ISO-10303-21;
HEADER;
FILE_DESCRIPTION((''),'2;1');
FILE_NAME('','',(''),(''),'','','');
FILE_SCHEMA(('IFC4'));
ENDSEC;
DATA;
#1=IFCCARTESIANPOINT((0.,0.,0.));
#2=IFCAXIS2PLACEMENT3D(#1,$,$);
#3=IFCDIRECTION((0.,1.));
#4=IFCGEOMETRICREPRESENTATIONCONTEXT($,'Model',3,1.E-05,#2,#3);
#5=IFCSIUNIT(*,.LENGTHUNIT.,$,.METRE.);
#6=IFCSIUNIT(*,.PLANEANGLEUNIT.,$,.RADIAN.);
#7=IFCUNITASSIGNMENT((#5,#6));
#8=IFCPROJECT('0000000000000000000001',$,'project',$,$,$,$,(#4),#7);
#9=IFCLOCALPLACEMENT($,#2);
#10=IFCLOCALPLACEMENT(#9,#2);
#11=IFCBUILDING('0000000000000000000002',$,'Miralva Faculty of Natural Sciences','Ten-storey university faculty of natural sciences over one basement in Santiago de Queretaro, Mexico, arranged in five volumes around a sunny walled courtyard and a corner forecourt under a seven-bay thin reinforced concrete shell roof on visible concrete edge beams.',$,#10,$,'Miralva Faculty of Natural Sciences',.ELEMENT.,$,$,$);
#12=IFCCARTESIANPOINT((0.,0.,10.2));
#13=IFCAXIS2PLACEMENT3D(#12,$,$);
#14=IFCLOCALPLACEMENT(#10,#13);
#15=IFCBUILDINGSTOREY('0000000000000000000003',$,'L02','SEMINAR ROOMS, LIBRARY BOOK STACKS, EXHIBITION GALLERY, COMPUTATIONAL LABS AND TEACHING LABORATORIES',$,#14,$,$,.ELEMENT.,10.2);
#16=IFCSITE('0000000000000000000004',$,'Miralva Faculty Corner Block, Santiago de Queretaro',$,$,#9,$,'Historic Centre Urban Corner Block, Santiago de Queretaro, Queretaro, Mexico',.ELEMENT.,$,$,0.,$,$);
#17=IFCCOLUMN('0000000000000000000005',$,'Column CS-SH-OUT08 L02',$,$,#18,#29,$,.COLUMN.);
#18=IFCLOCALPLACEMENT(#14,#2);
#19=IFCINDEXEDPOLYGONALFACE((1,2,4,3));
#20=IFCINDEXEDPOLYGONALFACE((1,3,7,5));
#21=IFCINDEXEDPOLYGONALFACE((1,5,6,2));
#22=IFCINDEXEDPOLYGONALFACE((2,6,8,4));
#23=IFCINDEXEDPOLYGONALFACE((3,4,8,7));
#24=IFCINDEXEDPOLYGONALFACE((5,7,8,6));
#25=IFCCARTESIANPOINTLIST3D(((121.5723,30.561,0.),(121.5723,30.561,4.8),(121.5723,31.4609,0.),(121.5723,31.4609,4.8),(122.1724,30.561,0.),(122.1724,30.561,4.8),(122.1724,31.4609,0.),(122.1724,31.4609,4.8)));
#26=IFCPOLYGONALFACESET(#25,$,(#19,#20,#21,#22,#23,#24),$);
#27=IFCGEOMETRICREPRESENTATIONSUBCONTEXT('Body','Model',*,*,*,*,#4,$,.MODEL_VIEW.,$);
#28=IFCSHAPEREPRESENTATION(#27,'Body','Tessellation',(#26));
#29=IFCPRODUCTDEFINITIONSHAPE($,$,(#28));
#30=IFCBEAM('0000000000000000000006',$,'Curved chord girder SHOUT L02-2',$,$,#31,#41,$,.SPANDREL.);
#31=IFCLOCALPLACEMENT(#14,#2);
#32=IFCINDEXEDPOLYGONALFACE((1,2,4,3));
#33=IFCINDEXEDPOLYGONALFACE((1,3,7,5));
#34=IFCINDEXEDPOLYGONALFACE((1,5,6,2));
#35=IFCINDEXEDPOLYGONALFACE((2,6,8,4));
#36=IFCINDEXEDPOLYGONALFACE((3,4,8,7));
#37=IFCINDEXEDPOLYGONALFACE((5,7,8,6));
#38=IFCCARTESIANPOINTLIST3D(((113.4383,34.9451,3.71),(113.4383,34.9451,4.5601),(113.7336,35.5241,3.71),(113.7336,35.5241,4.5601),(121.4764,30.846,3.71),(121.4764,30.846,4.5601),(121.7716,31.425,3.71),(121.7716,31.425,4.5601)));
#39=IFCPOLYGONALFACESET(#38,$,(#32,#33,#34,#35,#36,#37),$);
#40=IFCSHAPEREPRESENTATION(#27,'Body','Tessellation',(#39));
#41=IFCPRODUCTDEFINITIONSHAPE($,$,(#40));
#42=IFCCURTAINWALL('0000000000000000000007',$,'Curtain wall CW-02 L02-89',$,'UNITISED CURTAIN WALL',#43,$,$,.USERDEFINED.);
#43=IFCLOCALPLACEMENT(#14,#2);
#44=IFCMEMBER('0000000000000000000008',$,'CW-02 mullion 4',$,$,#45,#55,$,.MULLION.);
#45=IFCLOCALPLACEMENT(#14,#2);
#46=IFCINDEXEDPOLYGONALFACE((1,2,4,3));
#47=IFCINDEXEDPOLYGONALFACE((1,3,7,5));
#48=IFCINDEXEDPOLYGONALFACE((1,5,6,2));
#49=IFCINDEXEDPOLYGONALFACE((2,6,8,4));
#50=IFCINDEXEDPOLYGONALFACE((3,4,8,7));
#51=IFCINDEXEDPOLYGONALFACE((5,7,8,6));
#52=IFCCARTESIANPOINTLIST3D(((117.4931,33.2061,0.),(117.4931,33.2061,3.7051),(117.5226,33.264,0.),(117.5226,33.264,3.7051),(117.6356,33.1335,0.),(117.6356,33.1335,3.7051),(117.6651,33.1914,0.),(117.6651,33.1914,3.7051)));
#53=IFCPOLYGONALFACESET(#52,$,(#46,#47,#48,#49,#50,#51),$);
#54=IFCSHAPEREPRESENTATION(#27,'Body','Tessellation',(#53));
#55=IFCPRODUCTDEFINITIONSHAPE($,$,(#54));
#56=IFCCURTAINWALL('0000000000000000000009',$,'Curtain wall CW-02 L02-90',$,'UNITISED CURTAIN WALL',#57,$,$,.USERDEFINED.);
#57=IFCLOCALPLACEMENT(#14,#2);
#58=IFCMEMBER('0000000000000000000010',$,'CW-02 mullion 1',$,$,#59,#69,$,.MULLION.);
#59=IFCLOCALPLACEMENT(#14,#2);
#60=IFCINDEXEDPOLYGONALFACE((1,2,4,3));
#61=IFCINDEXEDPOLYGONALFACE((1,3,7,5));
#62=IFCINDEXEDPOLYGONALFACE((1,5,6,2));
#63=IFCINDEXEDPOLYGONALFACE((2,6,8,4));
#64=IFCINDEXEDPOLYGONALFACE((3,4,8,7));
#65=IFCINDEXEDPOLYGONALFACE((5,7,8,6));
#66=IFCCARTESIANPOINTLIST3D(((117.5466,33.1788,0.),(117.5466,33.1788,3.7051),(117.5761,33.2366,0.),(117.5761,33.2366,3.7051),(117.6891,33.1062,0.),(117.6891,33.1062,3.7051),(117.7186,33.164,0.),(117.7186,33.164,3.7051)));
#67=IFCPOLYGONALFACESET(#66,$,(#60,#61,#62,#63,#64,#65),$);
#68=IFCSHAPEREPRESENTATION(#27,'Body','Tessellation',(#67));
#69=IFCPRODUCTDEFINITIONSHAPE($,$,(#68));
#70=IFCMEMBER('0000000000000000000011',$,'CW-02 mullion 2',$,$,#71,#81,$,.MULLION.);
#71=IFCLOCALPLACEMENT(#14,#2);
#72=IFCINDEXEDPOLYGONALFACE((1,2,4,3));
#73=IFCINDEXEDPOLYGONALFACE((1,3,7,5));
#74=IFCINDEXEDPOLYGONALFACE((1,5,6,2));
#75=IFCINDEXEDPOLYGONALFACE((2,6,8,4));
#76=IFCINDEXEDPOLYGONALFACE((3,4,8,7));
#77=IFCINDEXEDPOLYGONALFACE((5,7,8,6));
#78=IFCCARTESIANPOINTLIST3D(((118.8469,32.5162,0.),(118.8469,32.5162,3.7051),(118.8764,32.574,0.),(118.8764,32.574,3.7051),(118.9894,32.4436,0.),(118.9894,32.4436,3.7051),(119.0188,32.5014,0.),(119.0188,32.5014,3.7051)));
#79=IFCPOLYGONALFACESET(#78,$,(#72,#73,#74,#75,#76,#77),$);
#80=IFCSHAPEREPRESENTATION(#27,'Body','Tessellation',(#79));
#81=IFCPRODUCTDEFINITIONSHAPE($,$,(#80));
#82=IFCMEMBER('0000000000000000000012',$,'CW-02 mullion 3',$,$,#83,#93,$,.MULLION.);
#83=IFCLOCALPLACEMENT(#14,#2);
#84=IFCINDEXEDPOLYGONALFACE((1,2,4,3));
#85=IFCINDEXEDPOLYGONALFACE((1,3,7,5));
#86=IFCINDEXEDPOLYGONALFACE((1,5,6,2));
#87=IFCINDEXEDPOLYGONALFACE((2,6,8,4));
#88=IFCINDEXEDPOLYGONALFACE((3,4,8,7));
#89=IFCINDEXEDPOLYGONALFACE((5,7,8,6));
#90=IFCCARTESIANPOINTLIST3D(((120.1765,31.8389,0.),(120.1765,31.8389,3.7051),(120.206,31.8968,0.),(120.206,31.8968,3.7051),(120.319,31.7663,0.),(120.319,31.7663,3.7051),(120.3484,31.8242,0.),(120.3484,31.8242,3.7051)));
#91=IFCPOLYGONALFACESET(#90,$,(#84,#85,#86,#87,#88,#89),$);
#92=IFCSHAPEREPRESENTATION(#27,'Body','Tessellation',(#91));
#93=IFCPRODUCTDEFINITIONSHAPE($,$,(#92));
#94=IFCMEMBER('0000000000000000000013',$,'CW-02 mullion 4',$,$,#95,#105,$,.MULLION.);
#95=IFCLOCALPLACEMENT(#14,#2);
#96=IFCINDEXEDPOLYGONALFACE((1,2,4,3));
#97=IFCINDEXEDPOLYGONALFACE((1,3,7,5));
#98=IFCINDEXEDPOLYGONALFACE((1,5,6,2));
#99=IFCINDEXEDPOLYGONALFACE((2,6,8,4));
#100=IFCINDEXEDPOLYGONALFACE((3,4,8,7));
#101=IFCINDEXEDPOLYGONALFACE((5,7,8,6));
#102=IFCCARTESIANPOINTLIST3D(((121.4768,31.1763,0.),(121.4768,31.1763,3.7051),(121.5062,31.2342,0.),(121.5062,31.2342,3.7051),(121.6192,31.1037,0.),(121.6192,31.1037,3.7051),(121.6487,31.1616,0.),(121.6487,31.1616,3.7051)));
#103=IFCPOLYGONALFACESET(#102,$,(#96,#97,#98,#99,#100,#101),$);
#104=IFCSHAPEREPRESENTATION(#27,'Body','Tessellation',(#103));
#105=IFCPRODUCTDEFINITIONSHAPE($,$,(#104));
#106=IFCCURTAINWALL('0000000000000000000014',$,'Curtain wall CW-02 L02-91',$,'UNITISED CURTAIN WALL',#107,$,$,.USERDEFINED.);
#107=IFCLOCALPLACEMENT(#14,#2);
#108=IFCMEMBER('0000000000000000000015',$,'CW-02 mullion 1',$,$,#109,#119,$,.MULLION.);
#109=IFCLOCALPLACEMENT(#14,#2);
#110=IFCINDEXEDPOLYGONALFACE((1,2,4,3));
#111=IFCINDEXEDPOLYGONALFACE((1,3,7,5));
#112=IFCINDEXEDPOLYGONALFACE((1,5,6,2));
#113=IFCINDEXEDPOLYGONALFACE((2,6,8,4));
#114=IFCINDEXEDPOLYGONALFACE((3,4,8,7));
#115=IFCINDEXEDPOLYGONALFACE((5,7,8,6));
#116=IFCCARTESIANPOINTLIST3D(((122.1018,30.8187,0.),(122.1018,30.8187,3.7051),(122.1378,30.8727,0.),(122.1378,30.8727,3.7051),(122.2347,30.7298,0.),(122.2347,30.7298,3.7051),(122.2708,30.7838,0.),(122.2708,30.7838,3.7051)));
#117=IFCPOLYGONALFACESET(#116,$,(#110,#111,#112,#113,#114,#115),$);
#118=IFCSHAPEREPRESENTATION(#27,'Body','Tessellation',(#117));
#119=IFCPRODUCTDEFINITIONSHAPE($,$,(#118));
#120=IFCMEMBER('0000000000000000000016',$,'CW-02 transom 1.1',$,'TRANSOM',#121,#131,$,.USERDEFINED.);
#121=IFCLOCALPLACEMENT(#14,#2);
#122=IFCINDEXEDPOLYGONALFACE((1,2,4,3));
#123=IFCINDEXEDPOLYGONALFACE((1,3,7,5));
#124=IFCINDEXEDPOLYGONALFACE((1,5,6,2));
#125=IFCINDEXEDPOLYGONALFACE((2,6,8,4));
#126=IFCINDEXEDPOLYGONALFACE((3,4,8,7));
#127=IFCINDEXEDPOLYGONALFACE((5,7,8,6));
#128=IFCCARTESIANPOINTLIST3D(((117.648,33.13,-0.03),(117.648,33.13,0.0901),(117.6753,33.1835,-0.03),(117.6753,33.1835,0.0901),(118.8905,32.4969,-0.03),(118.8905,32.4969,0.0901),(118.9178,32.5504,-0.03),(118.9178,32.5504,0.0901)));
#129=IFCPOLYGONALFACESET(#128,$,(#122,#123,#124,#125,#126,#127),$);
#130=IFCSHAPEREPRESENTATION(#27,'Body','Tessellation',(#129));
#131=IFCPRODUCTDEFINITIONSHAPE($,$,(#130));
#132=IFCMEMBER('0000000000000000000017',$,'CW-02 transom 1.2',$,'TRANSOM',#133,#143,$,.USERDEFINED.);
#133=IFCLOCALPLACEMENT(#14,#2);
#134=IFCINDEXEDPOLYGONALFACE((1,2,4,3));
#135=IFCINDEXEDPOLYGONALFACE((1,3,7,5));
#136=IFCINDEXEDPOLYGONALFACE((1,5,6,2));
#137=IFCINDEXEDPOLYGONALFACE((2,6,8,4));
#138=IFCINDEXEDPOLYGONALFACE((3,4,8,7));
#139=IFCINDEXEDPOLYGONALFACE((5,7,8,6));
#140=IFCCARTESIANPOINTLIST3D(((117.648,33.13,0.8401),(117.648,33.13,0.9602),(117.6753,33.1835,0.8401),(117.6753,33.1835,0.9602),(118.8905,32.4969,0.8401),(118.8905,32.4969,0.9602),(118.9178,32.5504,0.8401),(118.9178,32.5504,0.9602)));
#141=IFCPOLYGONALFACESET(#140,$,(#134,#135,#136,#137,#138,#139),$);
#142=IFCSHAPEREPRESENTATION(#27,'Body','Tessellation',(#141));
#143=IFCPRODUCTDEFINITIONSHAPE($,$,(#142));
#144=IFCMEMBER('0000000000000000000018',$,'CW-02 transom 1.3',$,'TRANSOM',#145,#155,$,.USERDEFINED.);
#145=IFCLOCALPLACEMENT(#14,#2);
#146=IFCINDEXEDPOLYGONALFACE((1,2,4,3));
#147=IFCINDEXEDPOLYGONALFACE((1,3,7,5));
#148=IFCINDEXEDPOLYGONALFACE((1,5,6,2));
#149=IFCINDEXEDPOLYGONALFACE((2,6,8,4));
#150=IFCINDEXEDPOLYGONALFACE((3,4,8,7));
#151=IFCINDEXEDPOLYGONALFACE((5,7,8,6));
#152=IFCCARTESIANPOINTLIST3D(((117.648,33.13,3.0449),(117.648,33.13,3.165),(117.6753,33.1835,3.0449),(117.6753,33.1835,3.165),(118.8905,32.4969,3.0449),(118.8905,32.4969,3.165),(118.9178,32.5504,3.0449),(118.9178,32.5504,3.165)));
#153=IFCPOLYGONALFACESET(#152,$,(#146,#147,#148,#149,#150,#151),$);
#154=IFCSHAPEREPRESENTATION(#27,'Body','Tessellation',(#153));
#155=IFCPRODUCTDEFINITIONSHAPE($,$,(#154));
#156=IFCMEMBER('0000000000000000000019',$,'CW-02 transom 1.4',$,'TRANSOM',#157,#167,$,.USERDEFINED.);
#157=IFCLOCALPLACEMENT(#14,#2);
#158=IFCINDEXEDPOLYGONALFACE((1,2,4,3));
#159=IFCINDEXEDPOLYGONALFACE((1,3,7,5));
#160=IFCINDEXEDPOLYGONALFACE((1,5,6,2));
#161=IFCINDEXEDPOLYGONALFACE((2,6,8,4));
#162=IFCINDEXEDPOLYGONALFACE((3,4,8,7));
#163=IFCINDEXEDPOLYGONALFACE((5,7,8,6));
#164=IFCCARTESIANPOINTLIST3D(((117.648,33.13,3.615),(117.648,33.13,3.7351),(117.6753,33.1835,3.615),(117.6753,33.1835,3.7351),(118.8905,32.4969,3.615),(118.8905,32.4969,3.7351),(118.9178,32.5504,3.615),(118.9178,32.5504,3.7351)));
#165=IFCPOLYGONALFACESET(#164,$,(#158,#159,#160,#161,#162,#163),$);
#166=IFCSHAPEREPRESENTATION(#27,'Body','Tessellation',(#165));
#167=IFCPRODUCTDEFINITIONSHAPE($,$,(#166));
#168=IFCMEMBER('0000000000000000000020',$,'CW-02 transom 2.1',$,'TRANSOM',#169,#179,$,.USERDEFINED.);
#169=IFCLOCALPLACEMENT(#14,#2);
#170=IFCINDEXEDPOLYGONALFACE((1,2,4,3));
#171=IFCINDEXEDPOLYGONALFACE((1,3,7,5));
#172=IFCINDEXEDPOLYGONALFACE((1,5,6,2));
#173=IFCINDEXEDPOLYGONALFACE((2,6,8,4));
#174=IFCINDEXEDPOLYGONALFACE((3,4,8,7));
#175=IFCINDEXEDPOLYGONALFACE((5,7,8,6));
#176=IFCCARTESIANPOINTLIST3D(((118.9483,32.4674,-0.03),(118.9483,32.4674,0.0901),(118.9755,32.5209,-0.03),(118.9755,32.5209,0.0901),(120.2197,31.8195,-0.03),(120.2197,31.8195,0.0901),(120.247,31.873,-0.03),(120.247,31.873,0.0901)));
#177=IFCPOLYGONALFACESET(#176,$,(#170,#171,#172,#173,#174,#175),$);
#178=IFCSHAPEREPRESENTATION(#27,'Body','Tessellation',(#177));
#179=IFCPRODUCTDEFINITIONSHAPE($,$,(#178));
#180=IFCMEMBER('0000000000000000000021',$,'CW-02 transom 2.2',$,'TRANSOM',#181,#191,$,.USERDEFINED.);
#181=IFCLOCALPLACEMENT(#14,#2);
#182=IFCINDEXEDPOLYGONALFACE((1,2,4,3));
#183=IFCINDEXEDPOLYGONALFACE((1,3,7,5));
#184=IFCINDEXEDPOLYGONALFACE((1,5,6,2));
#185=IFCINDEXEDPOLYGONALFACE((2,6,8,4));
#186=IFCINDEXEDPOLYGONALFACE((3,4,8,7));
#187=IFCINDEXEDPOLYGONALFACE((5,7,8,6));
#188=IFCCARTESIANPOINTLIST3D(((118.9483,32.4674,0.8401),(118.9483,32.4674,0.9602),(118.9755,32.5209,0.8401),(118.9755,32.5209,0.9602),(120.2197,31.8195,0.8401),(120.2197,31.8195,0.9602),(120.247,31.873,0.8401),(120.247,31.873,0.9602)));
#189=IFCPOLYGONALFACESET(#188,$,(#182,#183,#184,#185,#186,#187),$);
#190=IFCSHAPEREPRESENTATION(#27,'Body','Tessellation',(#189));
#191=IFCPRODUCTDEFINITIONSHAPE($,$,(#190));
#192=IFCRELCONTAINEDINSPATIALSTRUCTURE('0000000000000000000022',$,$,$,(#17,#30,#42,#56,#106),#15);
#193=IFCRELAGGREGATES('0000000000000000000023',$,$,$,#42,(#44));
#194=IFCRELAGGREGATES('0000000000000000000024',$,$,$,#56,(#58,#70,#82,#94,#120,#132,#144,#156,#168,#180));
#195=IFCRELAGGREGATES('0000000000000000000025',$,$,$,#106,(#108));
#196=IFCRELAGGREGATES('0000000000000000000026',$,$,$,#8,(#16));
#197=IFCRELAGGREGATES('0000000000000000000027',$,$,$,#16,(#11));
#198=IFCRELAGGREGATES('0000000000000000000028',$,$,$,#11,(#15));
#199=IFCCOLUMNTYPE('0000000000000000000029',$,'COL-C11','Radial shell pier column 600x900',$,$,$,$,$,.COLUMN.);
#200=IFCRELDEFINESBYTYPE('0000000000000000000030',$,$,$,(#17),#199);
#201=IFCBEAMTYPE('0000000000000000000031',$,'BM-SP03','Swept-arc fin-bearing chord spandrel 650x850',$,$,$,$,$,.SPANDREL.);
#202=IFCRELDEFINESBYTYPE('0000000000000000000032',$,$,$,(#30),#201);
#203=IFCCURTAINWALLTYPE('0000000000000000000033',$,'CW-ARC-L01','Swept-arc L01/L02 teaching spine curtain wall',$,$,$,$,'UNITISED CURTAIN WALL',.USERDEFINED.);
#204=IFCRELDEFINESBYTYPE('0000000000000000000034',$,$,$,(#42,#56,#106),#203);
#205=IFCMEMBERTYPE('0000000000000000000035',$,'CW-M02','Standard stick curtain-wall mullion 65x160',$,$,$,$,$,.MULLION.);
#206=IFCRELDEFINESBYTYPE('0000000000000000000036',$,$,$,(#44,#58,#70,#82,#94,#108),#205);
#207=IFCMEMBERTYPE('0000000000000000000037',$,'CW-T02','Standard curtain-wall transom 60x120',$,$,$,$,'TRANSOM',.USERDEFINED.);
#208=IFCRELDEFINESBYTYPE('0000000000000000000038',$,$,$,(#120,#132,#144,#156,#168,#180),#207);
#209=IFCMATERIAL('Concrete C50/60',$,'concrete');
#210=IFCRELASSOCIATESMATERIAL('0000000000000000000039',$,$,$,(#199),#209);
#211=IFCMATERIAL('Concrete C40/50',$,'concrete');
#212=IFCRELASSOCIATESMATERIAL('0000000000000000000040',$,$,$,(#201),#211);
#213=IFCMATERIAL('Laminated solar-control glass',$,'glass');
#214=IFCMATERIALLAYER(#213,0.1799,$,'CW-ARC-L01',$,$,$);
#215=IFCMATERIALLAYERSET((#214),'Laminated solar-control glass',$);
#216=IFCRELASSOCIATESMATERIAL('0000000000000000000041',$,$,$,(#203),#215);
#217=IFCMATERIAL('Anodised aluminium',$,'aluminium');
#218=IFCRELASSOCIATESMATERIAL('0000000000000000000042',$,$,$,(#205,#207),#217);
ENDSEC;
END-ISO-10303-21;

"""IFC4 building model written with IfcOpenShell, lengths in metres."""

from ifc_helpers import new_model, si_unit, direction, frame, origin, origin_2d, place, context, subcontext, project, spatial, rectangle, extrude, material, layer, layer_set, material_profile, profile_set, type_object, element, aggregate, save


model = new_model("IFC4")

# Units and contexts
model_context = context("Model", 3, precision=1e-05, world=origin(), true_north=direction((0.0, 1.0)))
body_context = subcontext(model_context, "Body", "Model", "MODEL_VIEW")
ifc_project = project(units=[si_unit("LENGTHUNIT", "METRE"), si_unit("PLANEANGLEUNIT", "RADIAN")], contexts=[model_context])

# Site, building, storey
site_placement = place(None, origin())
site = spatial("IfcSite", under=ifc_project, at=site_placement, Name="Miralva Faculty Corner Block, Santiago de Queretaro", LongName="Historic Centre Urban Corner Block, Santiago de Queretaro, Queretaro, Mexico", CompositionType="ELEMENT", RefElevation=0.0)
building_placement = place(site_placement, origin())
building = spatial("IfcBuilding", under=site, at=building_placement, Name="Miralva Faculty of Natural Sciences", Description="Ten-storey university faculty of natural sciences over one basement in Santiago de Queretaro, Mexico, arranged in five volumes around a sunny walled courtyard and a corner forecourt under a seven-bay thin reinforced concrete shell roof on visible concrete edge beams.", LongName="Miralva Faculty of Natural Sciences", CompositionType="ELEMENT")
storey_placement = place(building_placement, frame((0.0, 0.0, 10.2)))
storey = spatial("IfcBuildingStorey", under=building, at=storey_placement, Name="L02", Description="SEMINAR ROOMS, LIBRARY BOOK STACKS, EXHIBITION GALLERY, COMPUTATIONAL LABS AND TEACHING LABORATORIES", CompositionType="ELEMENT", Elevation=10.2)

# Column
ifc_material_1 = material(Name="Concrete C50/60", Category="concrete")
ifc_material_profile_1 = material_profile(ifc_material_1, rectangle(XDim=0.6001, YDim=0.8999, at=origin_2d()), Name="RC 600x900")
ifc_profile_set_1 = profile_set([ifc_material_profile_1], Name="Concrete C50/60")
column_type = type_object("IfcColumnType", Name="COL-C11", Description="Radial shell pier column 600x900", PredefinedType="COLUMN", material=ifc_profile_set_1)
column_placement = place(storey_placement, frame((121.8723, 31.011, 0.0), z_axis=(0.0, 0.0, 1.0), x_axis=(1.0, 0.0, 0.0)))
element("IfcColumn", 1, at=column_placement, inside=storey, type_object=column_type, Name="Column CS-SH-OUT08 L02", PredefinedType="COLUMN", context=body_context, shape_type="SweptSolid", body=[
    extrude(rectangle(XDim=0.6001, YDim=0.8999, at=origin_2d()), origin(), (0.0, 0.0, 1.0), 4.8),
])

# Beam
ifc_material_2 = material(Name="Concrete C40/50", Category="concrete")
ifc_material_profile_2 = material_profile(ifc_material_2, rectangle(XDim=0.6499, YDim=0.8501, at=origin_2d()), Name="RC 650x850")
ifc_profile_set_2 = profile_set([ifc_material_profile_2], Name="Concrete C40/50")
beam_type = type_object("IfcBeamType", Name="BM-SP03", Description="Swept-arc fin-bearing chord spandrel 650x850", PredefinedType="SPANDREL", material=ifc_profile_set_2)
beam_placement = place(storey_placement, frame((121.624, 31.1355, 4.135), z_axis=(-0.890849, 0.454299, 0.0), x_axis=(-0.454299, -0.890849, 0.0)))
element("IfcBeam", 2, at=beam_placement, inside=storey, type_object=beam_type, Name="Curved chord girder SHOUT L02-2", PredefinedType="SPANDREL", context=body_context, shape_type="SweptSolid", body=[
    extrude(rectangle(XDim=0.6499, YDim=0.8501, at=origin_2d()), origin(), (0.0, 0.0, 1.0), 9.0229),
])

# Curtain wall, member
ifc_material_3 = material(Name="Laminated solar-control glass", Category="glass")
ifc_layer_1 = layer(ifc_material_3, 0.1799, Name="CW-ARC-L01")
ifc_layer_set_1 = layer_set([ifc_layer_1], Name="Laminated solar-control glass")
curtain_wall_type_1 = type_object("IfcCurtainWallType", Name="CW-ARC-L01", Description="Swept-arc L01/L02 teaching spine curtain wall", ElementType="UNITISED CURTAIN WALL", PredefinedType="USERDEFINED", material=ifc_layer_set_1)
curtain_wall_1_placement = place(storey_placement, origin())
curtain_wall_1 = element("IfcCurtainWall", 3, at=curtain_wall_1_placement, inside=storey, type_object=curtain_wall_type_1, Name="Curtain wall CW-02 L02-89", ObjectType="UNITISED CURTAIN WALL", PredefinedType="USERDEFINED")
ifc_material_4 = material(Name="Anodised aluminium", Category="aluminium")
ifc_material_profile_3 = material_profile(ifc_material_4, rectangle(XDim=0.0649, YDim=0.1599, at=origin_2d()), Name="MULLION 65x160")
ifc_profile_set_3 = profile_set([ifc_material_profile_3], Name="Anodised aluminium")
member_type_1 = type_object("IfcMemberType", Name="CW-M02", Description="Standard stick curtain-wall mullion 65x160", PredefinedType="MULLION", material=ifc_profile_set_3)
member_1_placement = place(storey_placement, frame((117.5791, 33.1987, 0.0), z_axis=(0.0, 0.0, 1.0), x_axis=(0.453973, 0.891015, 0.0)))
member_1 = element("IfcMember", 4, at=member_1_placement, type_object=member_type_1, Name="CW-02 mullion 4", PredefinedType="MULLION", context=body_context, shape_type="SweptSolid", body=[
    extrude(rectangle(XDim=0.0649, YDim=0.1599, at=origin_2d()), origin(), (0.0, 0.0, 1.0), 3.7051),
])
aggregate(curtain_wall_1, [member_1])

# Curtain wall, members
curtain_wall_2_placement = place(storey_placement, origin())
curtain_wall_2 = element("IfcCurtainWall", 5, at=curtain_wall_2_placement, inside=storey, type_object=curtain_wall_type_1, Name="Curtain wall CW-02 L02-90", ObjectType="UNITISED CURTAIN WALL", PredefinedType="USERDEFINED")
member_2_placement = place(storey_placement, frame((117.6326, 33.1714, 0.0), z_axis=(0.0, 0.0, 1.0), x_axis=(0.454001, 0.891001, 0.0)))
member_2 = element("IfcMember", 6, at=member_2_placement, type_object=member_type_1, Name="CW-02 mullion 1", PredefinedType="MULLION", context=body_context, shape_type="SweptSolid", body=[
    extrude(rectangle(XDim=0.0649, YDim=0.1599, at=origin_2d()), origin(), (0.0, 0.0, 1.0), 3.7051),
])
member_3_placement = place(storey_placement, frame((118.9329, 32.5088, 0.0), z_axis=(0.0, 0.0, 1.0), x_axis=(0.454001, 0.891001, 0.0)))
member_3 = element("IfcMember", 7, at=member_3_placement, type_object=member_type_1, Name="CW-02 mullion 2", PredefinedType="MULLION", context=body_context, shape_type="SweptSolid", body=[
    extrude(rectangle(XDim=0.0649, YDim=0.1599, at=origin_2d()), origin(), (0.0, 0.0, 1.0), 3.7051),
])
member_4_placement = place(storey_placement, frame((120.2625, 31.8315, 0.0), z_axis=(0.0, 0.0, 1.0), x_axis=(0.454001, 0.891001, 0.0)))
member_4 = element("IfcMember", 8, at=member_4_placement, type_object=member_type_1, Name="CW-02 mullion 3", PredefinedType="MULLION", context=body_context, shape_type="SweptSolid", body=[
    extrude(rectangle(XDim=0.0649, YDim=0.1599, at=origin_2d()), origin(), (0.0, 0.0, 1.0), 3.7051),
])
member_5_placement = place(storey_placement, frame((121.5627, 31.1689, 0.0), z_axis=(0.0, 0.0, 1.0), x_axis=(0.454001, 0.891001, 0.0)))
member_5 = element("IfcMember", 9, at=member_5_placement, type_object=member_type_1, Name="CW-02 mullion 4", PredefinedType="MULLION", context=body_context, shape_type="SweptSolid", body=[
    extrude(rectangle(XDim=0.0649, YDim=0.1599, at=origin_2d()), origin(), (0.0, 0.0, 1.0), 3.7051),
])

# Curtain wall, member
curtain_wall_3_placement = place(storey_placement, origin())
curtain_wall_3 = element("IfcCurtainWall", 10, at=curtain_wall_3_placement, inside=storey, type_object=curtain_wall_type_1, Name="Curtain wall CW-02 L02-91", ObjectType="UNITISED CURTAIN WALL", PredefinedType="USERDEFINED")
member_6_placement = place(storey_placement, frame((122.1863, 30.8013, 0.0), z_axis=(0.0, 0.0, 1.0), x_axis=(0.555589, 0.831457, 0.0)))
member_6 = element("IfcMember", 11, at=member_6_placement, type_object=member_type_1, Name="CW-02 mullion 1", PredefinedType="MULLION", context=body_context, shape_type="SweptSolid", body=[
    extrude(rectangle(XDim=0.0649, YDim=0.1599, at=origin_2d()), origin(), (0.0, 0.0, 1.0), 3.7051),
])

# Members
ifc_material_profile_4 = material_profile(ifc_material_4, rectangle(XDim=0.0601, YDim=0.1201, at=origin_2d()), Name="TRANSOM 60x120")
ifc_profile_set_4 = profile_set([ifc_material_profile_4], Name="Anodised aluminium")
member_type_2 = type_object("IfcMemberType", Name="CW-T02", Description="Standard curtain-wall transom 60x120", ElementType="TRANSOM", PredefinedType="USERDEFINED", material=ifc_profile_set_4)
member_7_placement = place(storey_placement, frame((117.6616, 33.1567, 0.03), z_axis=(0.891005, -0.453994, 0.0), x_axis=(0.453994, 0.891005, 0.0)))
member_7 = element("IfcMember", 12, at=member_7_placement, type_object=member_type_2, Name="CW-02 transom 1.1", ObjectType="TRANSOM", PredefinedType="USERDEFINED", context=body_context, shape_type="SweptSolid", body=[
    extrude(rectangle(XDim=0.0601, YDim=0.1201, at=origin_2d()), origin(), (0.0, 0.0, 1.0), 1.3945),
])
member_8_placement = place(storey_placement, frame((117.6616, 33.1567, 0.9001), z_axis=(0.891005, -0.453994, 0.0), x_axis=(0.453994, 0.891005, 0.0)))
member_8 = element("IfcMember", 13, at=member_8_placement, type_object=member_type_2, Name="CW-02 transom 1.2", ObjectType="TRANSOM", PredefinedType="USERDEFINED", context=body_context, shape_type="SweptSolid", body=[
    extrude(rectangle(XDim=0.0601, YDim=0.1201, at=origin_2d()), origin(), (0.0, 0.0, 1.0), 1.3945),
])
member_9_placement = place(storey_placement, frame((117.6616, 33.1567, 3.105), z_axis=(0.891005, -0.453994, 0.0), x_axis=(0.453994, 0.891005, 0.0)))
member_9 = element("IfcMember", 14, at=member_9_placement, type_object=member_type_2, Name="CW-02 transom 1.3", ObjectType="TRANSOM", PredefinedType="USERDEFINED", context=body_context, shape_type="SweptSolid", body=[
    extrude(rectangle(XDim=0.0601, YDim=0.1201, at=origin_2d()), origin(), (0.0, 0.0, 1.0), 1.3945),
])
member_10_placement = place(storey_placement, frame((117.6616, 33.1567, 3.675), z_axis=(0.891005, -0.453994, 0.0), x_axis=(0.453994, 0.891005, 0.0)))
member_10 = element("IfcMember", 15, at=member_10_placement, type_object=member_type_2, Name="CW-02 transom 1.4", ObjectType="TRANSOM", PredefinedType="USERDEFINED", context=body_context, shape_type="SweptSolid", body=[
    extrude(rectangle(XDim=0.0601, YDim=0.1201, at=origin_2d()), origin(), (0.0, 0.0, 1.0), 1.3945),
])
member_11_placement = place(storey_placement, frame((118.9619, 32.4941, 0.03), z_axis=(0.890979, -0.454044, 0.0), x_axis=(0.454044, 0.890979, 0.0)))
member_11 = element("IfcMember", 16, at=member_11_placement, type_object=member_type_2, Name="CW-02 transom 2.1", ObjectType="TRANSOM", PredefinedType="USERDEFINED", context=body_context, shape_type="SweptSolid", body=[
    extrude(rectangle(XDim=0.0601, YDim=0.1201, at=origin_2d()), origin(), (0.0, 0.0, 1.0), 1.427),
])
member_12_placement = place(storey_placement, frame((118.9619, 32.4941, 0.9001), z_axis=(0.890979, -0.454044, 0.0), x_axis=(0.454044, 0.890979, 0.0)))
member_12 = element("IfcMember", 17, at=member_12_placement, type_object=member_type_2, Name="CW-02 transom 2.2", ObjectType="TRANSOM", PredefinedType="USERDEFINED", context=body_context, shape_type="SweptSolid", body=[
    extrude(rectangle(XDim=0.0601, YDim=0.1201, at=origin_2d()), origin(), (0.0, 0.0, 1.0), 1.427),
])

aggregate(curtain_wall_2, [member_2, member_3, member_4, member_5, member_7, member_8, member_9, member_10, member_11, member_12])
aggregate(curtain_wall_3, [member_6])

save(model, "model.ifc")
